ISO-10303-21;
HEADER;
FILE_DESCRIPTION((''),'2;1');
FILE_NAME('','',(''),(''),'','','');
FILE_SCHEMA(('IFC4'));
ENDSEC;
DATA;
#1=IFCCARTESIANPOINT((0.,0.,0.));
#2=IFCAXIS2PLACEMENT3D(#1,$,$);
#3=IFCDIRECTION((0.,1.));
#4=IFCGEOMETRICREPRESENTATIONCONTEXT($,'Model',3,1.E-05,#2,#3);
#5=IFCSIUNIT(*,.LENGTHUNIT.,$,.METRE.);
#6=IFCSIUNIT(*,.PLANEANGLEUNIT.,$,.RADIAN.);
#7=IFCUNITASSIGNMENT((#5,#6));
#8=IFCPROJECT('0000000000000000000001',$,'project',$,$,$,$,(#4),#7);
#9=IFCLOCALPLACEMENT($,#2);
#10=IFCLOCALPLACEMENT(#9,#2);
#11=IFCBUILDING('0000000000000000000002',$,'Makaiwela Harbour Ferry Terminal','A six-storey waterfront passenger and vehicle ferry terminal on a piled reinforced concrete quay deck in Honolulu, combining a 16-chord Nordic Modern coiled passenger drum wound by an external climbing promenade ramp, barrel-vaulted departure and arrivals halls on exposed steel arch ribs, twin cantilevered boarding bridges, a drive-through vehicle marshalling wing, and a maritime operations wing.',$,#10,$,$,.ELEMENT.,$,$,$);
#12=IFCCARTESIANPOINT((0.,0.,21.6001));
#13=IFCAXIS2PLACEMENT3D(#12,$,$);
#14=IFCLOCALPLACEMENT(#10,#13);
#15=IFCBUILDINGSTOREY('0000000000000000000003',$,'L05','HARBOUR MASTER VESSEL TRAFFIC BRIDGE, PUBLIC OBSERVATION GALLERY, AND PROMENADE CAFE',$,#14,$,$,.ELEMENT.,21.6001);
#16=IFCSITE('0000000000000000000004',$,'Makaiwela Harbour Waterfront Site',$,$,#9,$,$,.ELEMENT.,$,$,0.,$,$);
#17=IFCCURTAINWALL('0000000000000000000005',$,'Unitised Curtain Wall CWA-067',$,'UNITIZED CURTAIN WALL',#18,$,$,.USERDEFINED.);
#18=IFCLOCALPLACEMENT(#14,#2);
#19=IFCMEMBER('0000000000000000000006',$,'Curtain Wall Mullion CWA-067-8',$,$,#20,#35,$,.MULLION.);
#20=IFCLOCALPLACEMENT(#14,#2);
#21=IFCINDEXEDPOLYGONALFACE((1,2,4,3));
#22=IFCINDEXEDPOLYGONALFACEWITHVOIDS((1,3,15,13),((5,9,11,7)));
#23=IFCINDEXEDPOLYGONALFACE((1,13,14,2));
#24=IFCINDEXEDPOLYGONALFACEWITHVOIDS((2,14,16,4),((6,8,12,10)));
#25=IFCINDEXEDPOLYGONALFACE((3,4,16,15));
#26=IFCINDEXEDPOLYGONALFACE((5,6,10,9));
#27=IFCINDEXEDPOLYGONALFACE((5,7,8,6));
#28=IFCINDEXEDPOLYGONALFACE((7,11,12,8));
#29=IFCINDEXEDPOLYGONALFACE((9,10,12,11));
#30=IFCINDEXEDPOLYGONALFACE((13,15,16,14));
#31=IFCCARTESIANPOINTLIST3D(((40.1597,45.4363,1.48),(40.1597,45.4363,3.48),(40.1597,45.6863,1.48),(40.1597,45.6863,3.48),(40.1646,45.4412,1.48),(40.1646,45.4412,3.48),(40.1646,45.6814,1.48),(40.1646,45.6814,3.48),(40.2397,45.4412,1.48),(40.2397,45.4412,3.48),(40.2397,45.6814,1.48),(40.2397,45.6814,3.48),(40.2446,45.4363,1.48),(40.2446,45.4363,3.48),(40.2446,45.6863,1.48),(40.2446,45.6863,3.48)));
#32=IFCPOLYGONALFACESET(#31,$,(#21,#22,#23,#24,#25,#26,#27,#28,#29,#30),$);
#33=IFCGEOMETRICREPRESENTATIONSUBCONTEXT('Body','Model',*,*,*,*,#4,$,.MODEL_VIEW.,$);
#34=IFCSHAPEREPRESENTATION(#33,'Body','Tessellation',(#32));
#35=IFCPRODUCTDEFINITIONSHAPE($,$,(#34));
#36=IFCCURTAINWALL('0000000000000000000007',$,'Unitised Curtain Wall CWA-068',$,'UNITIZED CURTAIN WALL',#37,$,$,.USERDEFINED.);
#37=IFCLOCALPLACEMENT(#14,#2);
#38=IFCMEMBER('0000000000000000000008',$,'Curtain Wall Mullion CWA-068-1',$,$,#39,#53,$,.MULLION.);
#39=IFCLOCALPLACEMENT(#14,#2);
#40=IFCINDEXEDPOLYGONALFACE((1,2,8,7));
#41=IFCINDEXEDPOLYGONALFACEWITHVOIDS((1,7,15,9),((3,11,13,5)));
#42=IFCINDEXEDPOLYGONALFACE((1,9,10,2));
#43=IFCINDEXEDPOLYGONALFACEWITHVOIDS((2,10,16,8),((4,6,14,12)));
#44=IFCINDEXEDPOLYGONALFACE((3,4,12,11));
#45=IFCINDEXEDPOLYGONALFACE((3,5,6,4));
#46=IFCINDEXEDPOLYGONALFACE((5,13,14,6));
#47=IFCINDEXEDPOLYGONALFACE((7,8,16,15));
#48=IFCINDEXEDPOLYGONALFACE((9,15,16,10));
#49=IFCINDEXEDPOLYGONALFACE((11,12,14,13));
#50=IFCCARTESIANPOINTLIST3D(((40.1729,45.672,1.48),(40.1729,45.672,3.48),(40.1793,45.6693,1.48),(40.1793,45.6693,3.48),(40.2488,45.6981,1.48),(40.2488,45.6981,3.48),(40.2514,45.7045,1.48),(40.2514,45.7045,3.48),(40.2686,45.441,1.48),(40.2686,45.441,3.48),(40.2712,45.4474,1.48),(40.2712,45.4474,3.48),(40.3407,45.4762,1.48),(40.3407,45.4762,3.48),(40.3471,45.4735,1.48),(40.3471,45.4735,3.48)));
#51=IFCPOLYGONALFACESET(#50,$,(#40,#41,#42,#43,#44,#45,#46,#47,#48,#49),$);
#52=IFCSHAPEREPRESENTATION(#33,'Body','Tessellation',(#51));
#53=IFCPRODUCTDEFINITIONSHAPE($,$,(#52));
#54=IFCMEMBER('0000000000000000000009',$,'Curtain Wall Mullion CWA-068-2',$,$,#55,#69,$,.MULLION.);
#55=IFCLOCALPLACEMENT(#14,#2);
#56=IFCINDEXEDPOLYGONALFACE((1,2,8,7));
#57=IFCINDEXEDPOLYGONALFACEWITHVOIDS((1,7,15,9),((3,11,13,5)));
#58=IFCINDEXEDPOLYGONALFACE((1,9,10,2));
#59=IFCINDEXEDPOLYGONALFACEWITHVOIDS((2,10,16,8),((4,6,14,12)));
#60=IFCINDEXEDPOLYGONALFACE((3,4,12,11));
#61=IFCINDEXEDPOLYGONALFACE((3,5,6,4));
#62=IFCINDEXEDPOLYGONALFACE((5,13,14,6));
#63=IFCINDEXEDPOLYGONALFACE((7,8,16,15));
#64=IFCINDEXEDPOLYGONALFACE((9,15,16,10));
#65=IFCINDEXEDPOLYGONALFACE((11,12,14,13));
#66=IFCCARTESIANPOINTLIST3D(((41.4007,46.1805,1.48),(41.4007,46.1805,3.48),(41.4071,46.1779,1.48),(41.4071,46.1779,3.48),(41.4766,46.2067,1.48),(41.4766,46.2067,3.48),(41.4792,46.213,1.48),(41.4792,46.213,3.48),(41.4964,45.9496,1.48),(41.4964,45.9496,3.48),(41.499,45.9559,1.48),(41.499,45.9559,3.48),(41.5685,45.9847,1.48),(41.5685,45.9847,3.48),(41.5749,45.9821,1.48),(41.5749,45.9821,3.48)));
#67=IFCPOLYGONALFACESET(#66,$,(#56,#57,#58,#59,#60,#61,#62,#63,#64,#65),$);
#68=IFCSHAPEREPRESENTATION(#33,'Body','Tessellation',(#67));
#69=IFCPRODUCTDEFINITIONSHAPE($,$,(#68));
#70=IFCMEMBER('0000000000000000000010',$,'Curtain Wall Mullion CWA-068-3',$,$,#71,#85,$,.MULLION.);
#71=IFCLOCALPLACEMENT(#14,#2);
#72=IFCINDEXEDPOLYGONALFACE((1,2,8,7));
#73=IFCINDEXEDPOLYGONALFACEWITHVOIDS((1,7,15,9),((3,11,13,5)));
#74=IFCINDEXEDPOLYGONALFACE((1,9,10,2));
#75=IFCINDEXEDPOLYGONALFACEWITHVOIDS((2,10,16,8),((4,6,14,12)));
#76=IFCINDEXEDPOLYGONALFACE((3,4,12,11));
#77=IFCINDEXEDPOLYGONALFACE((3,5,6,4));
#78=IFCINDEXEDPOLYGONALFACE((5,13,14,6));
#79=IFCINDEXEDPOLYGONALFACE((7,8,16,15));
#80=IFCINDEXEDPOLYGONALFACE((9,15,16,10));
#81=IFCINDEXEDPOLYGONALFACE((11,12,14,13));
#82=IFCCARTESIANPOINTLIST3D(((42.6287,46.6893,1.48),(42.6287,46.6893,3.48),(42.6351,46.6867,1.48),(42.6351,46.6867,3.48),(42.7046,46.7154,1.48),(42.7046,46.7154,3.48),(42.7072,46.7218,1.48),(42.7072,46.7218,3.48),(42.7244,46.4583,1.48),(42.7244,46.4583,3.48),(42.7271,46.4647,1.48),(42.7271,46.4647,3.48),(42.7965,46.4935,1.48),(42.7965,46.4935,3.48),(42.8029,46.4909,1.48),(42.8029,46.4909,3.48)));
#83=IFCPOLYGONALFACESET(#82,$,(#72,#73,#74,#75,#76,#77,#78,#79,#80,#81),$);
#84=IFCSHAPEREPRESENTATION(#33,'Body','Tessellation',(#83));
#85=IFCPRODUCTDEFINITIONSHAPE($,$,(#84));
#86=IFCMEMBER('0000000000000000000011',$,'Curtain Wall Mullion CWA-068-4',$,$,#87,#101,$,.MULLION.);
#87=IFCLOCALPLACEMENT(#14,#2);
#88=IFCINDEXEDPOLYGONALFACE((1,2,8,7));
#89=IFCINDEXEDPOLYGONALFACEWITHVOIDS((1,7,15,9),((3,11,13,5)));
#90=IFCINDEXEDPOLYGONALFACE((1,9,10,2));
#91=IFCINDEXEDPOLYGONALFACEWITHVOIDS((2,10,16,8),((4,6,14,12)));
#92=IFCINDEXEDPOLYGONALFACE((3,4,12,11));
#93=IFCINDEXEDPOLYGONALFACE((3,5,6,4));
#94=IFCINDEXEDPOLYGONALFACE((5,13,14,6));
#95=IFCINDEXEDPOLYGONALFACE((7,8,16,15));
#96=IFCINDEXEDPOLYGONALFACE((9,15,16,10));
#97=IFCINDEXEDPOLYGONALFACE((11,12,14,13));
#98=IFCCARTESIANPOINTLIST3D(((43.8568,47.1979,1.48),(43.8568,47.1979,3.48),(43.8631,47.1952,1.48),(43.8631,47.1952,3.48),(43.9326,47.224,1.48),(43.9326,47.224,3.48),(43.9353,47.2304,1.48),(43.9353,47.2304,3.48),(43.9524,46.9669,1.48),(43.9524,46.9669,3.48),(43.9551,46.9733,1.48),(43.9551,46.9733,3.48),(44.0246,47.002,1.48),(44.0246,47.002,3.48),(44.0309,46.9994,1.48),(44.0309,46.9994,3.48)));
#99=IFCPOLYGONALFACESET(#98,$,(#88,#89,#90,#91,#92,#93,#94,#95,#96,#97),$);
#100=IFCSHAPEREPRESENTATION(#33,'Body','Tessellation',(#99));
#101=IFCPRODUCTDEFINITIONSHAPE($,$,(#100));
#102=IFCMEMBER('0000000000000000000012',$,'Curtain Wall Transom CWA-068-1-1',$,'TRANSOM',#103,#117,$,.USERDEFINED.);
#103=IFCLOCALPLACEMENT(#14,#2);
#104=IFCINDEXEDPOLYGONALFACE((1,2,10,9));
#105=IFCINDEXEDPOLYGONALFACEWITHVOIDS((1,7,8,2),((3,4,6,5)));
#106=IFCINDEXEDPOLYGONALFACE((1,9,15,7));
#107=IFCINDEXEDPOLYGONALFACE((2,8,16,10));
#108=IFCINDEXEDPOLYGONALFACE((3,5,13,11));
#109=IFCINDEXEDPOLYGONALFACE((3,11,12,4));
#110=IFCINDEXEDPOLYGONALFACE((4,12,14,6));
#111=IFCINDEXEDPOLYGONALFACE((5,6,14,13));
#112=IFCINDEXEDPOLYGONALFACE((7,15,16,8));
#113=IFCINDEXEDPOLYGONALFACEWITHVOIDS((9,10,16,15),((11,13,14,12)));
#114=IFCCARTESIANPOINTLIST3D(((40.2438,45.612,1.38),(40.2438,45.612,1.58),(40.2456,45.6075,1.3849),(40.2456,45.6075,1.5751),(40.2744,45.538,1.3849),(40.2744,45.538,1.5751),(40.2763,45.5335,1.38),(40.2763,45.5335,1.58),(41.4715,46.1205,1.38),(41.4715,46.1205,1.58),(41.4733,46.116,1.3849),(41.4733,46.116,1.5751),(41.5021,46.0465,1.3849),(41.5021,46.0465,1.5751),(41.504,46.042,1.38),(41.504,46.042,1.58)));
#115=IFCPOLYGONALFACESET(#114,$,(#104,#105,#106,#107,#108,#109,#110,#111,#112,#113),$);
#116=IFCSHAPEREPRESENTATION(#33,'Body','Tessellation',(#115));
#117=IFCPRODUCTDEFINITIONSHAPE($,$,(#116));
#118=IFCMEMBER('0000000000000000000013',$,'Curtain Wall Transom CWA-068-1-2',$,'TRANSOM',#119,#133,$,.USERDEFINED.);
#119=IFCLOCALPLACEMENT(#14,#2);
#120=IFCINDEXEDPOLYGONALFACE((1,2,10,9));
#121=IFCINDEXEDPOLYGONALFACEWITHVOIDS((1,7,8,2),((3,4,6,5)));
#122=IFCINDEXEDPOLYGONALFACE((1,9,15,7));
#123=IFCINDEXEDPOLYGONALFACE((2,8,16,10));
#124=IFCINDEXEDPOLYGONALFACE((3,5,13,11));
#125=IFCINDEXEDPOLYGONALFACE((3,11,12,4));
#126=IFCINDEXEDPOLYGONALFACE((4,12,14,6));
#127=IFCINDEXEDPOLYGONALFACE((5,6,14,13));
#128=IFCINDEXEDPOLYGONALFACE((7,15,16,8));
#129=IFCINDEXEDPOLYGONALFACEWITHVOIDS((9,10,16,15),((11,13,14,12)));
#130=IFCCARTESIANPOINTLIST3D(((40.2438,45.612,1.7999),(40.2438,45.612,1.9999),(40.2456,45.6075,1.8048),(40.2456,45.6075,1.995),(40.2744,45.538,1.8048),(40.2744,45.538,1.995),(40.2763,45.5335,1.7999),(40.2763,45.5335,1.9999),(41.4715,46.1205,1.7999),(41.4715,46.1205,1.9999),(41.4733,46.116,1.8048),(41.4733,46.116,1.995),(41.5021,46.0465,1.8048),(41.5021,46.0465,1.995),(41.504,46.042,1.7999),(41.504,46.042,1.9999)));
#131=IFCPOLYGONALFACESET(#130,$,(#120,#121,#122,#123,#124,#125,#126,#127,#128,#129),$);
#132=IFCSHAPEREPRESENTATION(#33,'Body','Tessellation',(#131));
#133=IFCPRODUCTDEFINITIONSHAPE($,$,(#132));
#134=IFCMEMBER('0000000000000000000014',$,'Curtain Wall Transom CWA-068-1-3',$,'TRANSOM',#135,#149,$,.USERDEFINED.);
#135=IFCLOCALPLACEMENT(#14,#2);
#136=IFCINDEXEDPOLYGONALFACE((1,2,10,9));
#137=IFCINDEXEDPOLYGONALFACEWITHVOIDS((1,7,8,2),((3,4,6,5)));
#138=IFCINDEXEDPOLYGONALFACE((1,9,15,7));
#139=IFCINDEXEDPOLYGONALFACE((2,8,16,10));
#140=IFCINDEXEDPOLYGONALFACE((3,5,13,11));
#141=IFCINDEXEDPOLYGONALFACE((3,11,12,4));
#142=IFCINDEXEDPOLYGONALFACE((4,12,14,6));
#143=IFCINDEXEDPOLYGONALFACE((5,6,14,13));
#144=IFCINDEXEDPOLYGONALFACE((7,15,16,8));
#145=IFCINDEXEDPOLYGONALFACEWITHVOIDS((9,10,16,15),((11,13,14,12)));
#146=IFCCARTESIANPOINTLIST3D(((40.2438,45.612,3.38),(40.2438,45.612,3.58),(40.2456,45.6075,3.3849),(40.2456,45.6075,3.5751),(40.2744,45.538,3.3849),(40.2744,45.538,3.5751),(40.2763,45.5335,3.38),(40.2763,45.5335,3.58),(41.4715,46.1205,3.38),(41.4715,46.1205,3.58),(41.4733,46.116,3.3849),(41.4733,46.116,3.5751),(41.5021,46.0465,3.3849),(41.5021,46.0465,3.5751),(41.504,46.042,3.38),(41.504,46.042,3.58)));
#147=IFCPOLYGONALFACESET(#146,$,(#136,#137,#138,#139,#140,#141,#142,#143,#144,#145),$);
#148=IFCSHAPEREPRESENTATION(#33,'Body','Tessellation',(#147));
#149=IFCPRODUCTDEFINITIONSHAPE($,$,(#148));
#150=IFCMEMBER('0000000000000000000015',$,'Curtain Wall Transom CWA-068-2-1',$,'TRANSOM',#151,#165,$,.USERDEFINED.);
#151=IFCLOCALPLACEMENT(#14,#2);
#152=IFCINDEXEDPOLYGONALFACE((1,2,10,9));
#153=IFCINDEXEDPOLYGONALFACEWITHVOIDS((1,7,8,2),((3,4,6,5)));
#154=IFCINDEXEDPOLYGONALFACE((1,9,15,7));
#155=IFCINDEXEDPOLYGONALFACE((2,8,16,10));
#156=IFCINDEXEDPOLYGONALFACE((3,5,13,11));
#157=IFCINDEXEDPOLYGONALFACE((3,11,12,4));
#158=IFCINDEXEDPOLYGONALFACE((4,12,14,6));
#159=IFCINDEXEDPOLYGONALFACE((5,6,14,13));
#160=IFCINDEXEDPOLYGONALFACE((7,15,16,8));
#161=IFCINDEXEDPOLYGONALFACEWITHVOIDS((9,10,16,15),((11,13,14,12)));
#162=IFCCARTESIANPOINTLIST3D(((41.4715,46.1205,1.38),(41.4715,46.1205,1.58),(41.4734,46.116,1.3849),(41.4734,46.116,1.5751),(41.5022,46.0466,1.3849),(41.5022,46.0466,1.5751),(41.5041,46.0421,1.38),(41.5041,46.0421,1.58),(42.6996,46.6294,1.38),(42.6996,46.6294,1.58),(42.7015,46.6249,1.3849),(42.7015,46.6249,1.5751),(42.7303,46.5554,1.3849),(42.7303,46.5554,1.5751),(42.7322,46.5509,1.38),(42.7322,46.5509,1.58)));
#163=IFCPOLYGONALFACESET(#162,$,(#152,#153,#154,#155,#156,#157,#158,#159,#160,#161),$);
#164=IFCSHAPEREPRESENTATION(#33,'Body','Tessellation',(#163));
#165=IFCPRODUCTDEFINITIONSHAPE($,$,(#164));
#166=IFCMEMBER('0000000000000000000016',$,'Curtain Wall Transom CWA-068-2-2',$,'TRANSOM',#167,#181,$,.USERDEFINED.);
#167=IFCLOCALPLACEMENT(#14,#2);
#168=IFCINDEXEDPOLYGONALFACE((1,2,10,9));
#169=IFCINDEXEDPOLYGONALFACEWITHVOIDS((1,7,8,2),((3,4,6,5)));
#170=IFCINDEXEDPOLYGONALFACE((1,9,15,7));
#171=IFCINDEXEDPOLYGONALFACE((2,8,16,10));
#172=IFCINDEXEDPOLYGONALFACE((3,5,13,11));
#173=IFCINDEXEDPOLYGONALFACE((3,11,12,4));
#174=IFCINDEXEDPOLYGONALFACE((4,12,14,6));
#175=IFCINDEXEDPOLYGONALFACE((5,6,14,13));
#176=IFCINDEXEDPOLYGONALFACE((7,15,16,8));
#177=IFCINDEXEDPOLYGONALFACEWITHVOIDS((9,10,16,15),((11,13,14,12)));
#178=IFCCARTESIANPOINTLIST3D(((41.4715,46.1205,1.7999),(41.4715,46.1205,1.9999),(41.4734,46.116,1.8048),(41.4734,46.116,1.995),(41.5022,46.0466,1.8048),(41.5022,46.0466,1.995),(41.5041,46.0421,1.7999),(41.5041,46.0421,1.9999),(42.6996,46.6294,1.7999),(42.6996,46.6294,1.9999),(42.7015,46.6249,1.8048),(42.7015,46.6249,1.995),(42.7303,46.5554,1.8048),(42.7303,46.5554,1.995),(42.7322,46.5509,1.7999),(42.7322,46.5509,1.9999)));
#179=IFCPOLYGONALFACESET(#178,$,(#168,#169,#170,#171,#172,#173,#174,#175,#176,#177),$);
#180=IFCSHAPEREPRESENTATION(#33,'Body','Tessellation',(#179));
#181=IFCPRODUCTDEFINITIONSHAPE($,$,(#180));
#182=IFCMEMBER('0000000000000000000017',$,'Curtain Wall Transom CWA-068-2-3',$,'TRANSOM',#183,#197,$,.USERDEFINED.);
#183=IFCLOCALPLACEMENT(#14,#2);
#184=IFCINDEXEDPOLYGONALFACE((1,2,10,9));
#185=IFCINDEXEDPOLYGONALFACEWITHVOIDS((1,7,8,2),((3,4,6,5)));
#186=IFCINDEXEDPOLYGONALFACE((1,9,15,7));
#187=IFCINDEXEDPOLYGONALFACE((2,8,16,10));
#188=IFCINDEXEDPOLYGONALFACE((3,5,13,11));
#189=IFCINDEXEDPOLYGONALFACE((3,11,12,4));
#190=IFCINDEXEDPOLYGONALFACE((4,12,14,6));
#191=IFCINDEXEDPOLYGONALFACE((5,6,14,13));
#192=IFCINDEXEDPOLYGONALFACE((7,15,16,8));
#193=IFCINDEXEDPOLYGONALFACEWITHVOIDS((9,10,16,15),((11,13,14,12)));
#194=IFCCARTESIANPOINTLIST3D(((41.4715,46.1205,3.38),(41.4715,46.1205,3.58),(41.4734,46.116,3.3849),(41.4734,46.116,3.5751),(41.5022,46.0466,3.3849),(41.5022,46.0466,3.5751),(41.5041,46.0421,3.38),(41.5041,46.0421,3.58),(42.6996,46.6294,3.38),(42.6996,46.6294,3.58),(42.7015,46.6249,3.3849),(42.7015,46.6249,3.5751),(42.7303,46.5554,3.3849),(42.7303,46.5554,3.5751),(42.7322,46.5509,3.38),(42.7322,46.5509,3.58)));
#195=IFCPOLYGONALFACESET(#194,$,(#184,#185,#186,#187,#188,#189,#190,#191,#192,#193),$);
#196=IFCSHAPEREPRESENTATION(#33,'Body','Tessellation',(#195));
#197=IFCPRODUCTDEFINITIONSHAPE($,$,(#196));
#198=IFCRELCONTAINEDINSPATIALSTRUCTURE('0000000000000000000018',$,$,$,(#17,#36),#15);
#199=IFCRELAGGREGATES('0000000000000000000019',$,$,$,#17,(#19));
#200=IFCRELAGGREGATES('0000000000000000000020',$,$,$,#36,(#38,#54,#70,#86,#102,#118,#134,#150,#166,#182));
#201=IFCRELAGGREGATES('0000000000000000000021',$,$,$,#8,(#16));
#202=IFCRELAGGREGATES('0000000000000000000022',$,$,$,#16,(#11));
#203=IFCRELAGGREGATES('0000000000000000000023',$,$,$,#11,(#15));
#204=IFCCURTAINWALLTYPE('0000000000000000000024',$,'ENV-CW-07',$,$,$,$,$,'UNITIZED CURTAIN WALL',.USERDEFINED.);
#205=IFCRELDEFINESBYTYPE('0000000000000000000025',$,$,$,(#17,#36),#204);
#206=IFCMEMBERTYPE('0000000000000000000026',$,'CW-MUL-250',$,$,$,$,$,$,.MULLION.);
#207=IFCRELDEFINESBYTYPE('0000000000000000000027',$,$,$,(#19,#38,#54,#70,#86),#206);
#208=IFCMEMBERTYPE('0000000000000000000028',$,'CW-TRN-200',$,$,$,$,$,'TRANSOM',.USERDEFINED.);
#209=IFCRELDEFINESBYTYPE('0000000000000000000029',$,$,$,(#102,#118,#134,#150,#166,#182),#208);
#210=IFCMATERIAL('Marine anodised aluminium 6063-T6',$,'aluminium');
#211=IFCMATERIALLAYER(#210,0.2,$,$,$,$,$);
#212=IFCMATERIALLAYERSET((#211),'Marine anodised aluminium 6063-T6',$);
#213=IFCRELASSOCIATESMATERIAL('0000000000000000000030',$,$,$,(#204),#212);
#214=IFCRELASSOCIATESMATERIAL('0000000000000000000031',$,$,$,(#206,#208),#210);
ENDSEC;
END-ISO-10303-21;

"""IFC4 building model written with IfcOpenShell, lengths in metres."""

from ifc_helpers import new_model, si_unit, direction, frame, origin, origin_2d, place, context, subcontext, project, spatial, hollow_rectangle, extrude, material, layer, layer_set, material_profile, profile_set, type_object, element, aggregate, save


model = new_model("IFC4")

# Units and contexts
model_context = context("Model", 3, precision=1e-05, world=origin(), true_north=direction((0.0, 1.0)))
body_context = subcontext(model_context, "Body", "Model", "MODEL_VIEW")
ifc_project = project(units=[si_unit("LENGTHUNIT", "METRE"), si_unit("PLANEANGLEUNIT", "RADIAN")], contexts=[model_context])

# Site, building, storey
site_placement = place(None, origin())
site = spatial("IfcSite", under=ifc_project, at=site_placement, Name="Makaiwela Harbour Waterfront Site", CompositionType="ELEMENT", RefElevation=0.0)
building_placement = place(site_placement, origin())
building = spatial("IfcBuilding", under=site, at=building_placement, Name="Makaiwela Harbour Ferry Terminal", Description="A six-storey waterfront passenger and vehicle ferry terminal on a piled reinforced concrete quay deck in Honolulu, combining a 16-chord Nordic Modern coiled passenger drum wound by an external climbing promenade ramp, barrel-vaulted departure and arrivals halls on exposed steel arch ribs, twin cantilevered boarding bridges, a drive-through vehicle marshalling wing, and a maritime operations wing.", CompositionType="ELEMENT")
storey_placement = place(building_placement, frame((0.0, 0.0, 21.6001)))
storey = spatial("IfcBuildingStorey", under=building, at=storey_placement, Name="L05", Description="HARBOUR MASTER VESSEL TRAFFIC BRIDGE, PUBLIC OBSERVATION GALLERY, AND PROMENADE CAFE", CompositionType="ELEMENT", Elevation=21.6001)

# Curtain wall, member
ifc_material_1 = material(Name="Marine anodised aluminium 6063-T6", Category="aluminium")
ifc_layer_1 = layer(ifc_material_1, 0.2)
ifc_layer_set_1 = layer_set([ifc_layer_1], Name="Marine anodised aluminium 6063-T6")
curtain_wall_type = type_object("IfcCurtainWallType", Name="ENV-CW-07", ElementType="UNITIZED CURTAIN WALL", PredefinedType="USERDEFINED", material=ifc_layer_set_1)
curtain_wall_1_placement = place(storey_placement, origin())
curtain_wall_1 = element("IfcCurtainWall", 1, at=curtain_wall_1_placement, inside=storey, type_object=curtain_wall_type, Name="Unitised Curtain Wall CWA-067", ObjectType="UNITIZED CURTAIN WALL", PredefinedType="USERDEFINED")
ifc_material_profile_1 = material_profile(ifc_material_1, hollow_rectangle(XDim=0.085, YDim=0.25, WallThickness=0.0049, at=origin_2d()), Name="CWM-250X85")
ifc_profile_set_1 = profile_set([ifc_material_profile_1], Name="Marine anodised aluminium 6063-T6")
member_type_1 = type_object("IfcMemberType", Name="CW-MUL-250", PredefinedType="MULLION", material=ifc_profile_set_1)
member_1_placement = place(storey_placement, frame((40.2021, 45.5613, 1.48), z_axis=(0.0, 0.0, 1.0), x_axis=(1.0, 0.0, 0.0)))
member_1 = element("IfcMember", 2, at=member_1_placement, type_object=member_type_1, Name="Curtain Wall Mullion CWA-067-8", PredefinedType="MULLION", context=body_context, shape_type="SweptSolid", body=[
    extrude(hollow_rectangle(XDim=0.085, YDim=0.25, WallThickness=0.0049, at=origin_2d()), origin(), (0.0, 0.0, 1.0), 2.0),
])

# Curtain wall, members
curtain_wall_2_placement = place(storey_placement, origin())
curtain_wall_2 = element("IfcCurtainWall", 3, at=curtain_wall_2_placement, inside=storey, type_object=curtain_wall_type, Name="Unitised Curtain Wall CWA-068", ObjectType="UNITIZED CURTAIN WALL", PredefinedType="USERDEFINED")
member_2_placement = place(storey_placement, frame((40.26, 45.5728, 1.48), z_axis=(0.0, 0.0, 1.0), x_axis=(0.92388, 0.382683, 0.0)))
member_2 = element("IfcMember", 4, at=member_2_placement, type_object=member_type_1, Name="Curtain Wall Mullion CWA-068-1", PredefinedType="MULLION", context=body_context, shape_type="SweptSolid", body=[
    extrude(hollow_rectangle(XDim=0.085, YDim=0.25, WallThickness=0.0049, at=origin_2d()), origin(), (0.0, 0.0, 1.0), 2.0),
])
member_3_placement = place(storey_placement, frame((41.4878, 46.0813, 1.48), z_axis=(0.0, 0.0, 1.0), x_axis=(0.92388, 0.382683, 0.0)))
member_3 = element("IfcMember", 5, at=member_3_placement, type_object=member_type_1, Name="Curtain Wall Mullion CWA-068-2", PredefinedType="MULLION", context=body_context, shape_type="SweptSolid", body=[
    extrude(hollow_rectangle(XDim=0.085, YDim=0.25, WallThickness=0.0049, at=origin_2d()), origin(), (0.0, 0.0, 1.0), 2.0),
])
member_4_placement = place(storey_placement, frame((42.7158, 46.5901, 1.48), z_axis=(0.0, 0.0, 1.0), x_axis=(0.92388, 0.382683, 0.0)))
member_4 = element("IfcMember", 6, at=member_4_placement, type_object=member_type_1, Name="Curtain Wall Mullion CWA-068-3", PredefinedType="MULLION", context=body_context, shape_type="SweptSolid", body=[
    extrude(hollow_rectangle(XDim=0.085, YDim=0.25, WallThickness=0.0049, at=origin_2d()), origin(), (0.0, 0.0, 1.0), 2.0),
])
member_5_placement = place(storey_placement, frame((43.9438, 47.0986, 1.48), z_axis=(0.0, 0.0, 1.0), x_axis=(0.92388, 0.382683, 0.0)))
member_5 = element("IfcMember", 7, at=member_5_placement, type_object=member_type_1, Name="Curtain Wall Mullion CWA-068-4", PredefinedType="MULLION", context=body_context, shape_type="SweptSolid", body=[
    extrude(hollow_rectangle(XDim=0.085, YDim=0.25, WallThickness=0.0049, at=origin_2d()), origin(), (0.0, 0.0, 1.0), 2.0),
])
ifc_material_profile_2 = material_profile(ifc_material_1, hollow_rectangle(XDim=0.085, YDim=0.2, WallThickness=0.0049, at=origin_2d()), Name="CWT-200X85")
ifc_profile_set_2 = profile_set([ifc_material_profile_2], Name="Marine anodised aluminium 6063-T6")
member_type_2 = type_object("IfcMemberType", Name="CW-TRN-200", ElementType="TRANSOM", PredefinedType="USERDEFINED", material=ifc_profile_set_2)
member_6_placement = place(storey_placement, frame((40.26, 45.5728, 1.48), z_axis=(0.923885, 0.382671, 0.0), x_axis=(-0.382671, 0.923885, 0.0)))
member_6 = element("IfcMember", 8, at=member_6_placement, type_object=member_type_2, Name="Curtain Wall Transom CWA-068-1-1", ObjectType="TRANSOM", PredefinedType="USERDEFINED", context=body_context, shape_type="SweptSolid", body=[
    extrude(hollow_rectangle(XDim=0.085, YDim=0.2, WallThickness=0.0049, at=origin_2d()), origin(), (0.0, 0.0, 1.0), 1.3289),
])
member_7_placement = place(storey_placement, frame((40.26, 45.5728, 1.8999), z_axis=(0.923885, 0.382671, 0.0), x_axis=(-0.382671, 0.923885, 0.0)))
member_7 = element("IfcMember", 9, at=member_7_placement, type_object=member_type_2, Name="Curtain Wall Transom CWA-068-1-2", ObjectType="TRANSOM", PredefinedType="USERDEFINED", context=body_context, shape_type="SweptSolid", body=[
    extrude(hollow_rectangle(XDim=0.085, YDim=0.2, WallThickness=0.0049, at=origin_2d()), origin(), (0.0, 0.0, 1.0), 1.3289),
])
member_8_placement = place(storey_placement, frame((40.26, 45.5728, 3.48), z_axis=(0.923885, 0.382671, 0.0), x_axis=(-0.382671, 0.923885, 0.0)))
member_8 = element("IfcMember", 10, at=member_8_placement, type_object=member_type_2, Name="Curtain Wall Transom CWA-068-1-3", ObjectType="TRANSOM", PredefinedType="USERDEFINED", context=body_context, shape_type="SweptSolid", body=[
    extrude(hollow_rectangle(XDim=0.085, YDim=0.2, WallThickness=0.0049, at=origin_2d()), origin(), (0.0, 0.0, 1.0), 1.3289),
])
member_9_placement = place(storey_placement, frame((41.4878, 46.0813, 1.48), z_axis=(0.923847, 0.382763, 0.0), x_axis=(-0.382763, 0.923847, 0.0)))
member_9 = element("IfcMember", 11, at=member_9_placement, type_object=member_type_2, Name="Curtain Wall Transom CWA-068-2-1", ObjectType="TRANSOM", PredefinedType="USERDEFINED", context=body_context, shape_type="SweptSolid", body=[
    extrude(hollow_rectangle(XDim=0.085, YDim=0.2, WallThickness=0.0049, at=origin_2d()), origin(), (0.0, 0.0, 1.0), 1.3293),
])
member_10_placement = place(storey_placement, frame((41.4878, 46.0813, 1.8999), z_axis=(0.923847, 0.382763, 0.0), x_axis=(-0.382763, 0.923847, 0.0)))
member_10 = element("IfcMember", 12, at=member_10_placement, type_object=member_type_2, Name="Curtain Wall Transom CWA-068-2-2", ObjectType="TRANSOM", PredefinedType="USERDEFINED", context=body_context, shape_type="SweptSolid", body=[
    extrude(hollow_rectangle(XDim=0.085, YDim=0.2, WallThickness=0.0049, at=origin_2d()), origin(), (0.0, 0.0, 1.0), 1.3293),
])
member_11_placement = place(storey_placement, frame((41.4878, 46.0813, 3.48), z_axis=(0.923847, 0.382763, 0.0), x_axis=(-0.382763, 0.923847, 0.0)))
member_11 = element("IfcMember", 13, at=member_11_placement, type_object=member_type_2, Name="Curtain Wall Transom CWA-068-2-3", ObjectType="TRANSOM", PredefinedType="USERDEFINED", context=body_context, shape_type="SweptSolid", body=[
    extrude(hollow_rectangle(XDim=0.085, YDim=0.2, WallThickness=0.0049, at=origin_2d()), origin(), (0.0, 0.0, 1.0), 1.3293),
])

aggregate(curtain_wall_1, [member_1])
aggregate(curtain_wall_2, [member_2, member_3, member_4, member_5, member_6, member_7, member_8, member_9, member_10, member_11])

save(model, "model.ifc")
